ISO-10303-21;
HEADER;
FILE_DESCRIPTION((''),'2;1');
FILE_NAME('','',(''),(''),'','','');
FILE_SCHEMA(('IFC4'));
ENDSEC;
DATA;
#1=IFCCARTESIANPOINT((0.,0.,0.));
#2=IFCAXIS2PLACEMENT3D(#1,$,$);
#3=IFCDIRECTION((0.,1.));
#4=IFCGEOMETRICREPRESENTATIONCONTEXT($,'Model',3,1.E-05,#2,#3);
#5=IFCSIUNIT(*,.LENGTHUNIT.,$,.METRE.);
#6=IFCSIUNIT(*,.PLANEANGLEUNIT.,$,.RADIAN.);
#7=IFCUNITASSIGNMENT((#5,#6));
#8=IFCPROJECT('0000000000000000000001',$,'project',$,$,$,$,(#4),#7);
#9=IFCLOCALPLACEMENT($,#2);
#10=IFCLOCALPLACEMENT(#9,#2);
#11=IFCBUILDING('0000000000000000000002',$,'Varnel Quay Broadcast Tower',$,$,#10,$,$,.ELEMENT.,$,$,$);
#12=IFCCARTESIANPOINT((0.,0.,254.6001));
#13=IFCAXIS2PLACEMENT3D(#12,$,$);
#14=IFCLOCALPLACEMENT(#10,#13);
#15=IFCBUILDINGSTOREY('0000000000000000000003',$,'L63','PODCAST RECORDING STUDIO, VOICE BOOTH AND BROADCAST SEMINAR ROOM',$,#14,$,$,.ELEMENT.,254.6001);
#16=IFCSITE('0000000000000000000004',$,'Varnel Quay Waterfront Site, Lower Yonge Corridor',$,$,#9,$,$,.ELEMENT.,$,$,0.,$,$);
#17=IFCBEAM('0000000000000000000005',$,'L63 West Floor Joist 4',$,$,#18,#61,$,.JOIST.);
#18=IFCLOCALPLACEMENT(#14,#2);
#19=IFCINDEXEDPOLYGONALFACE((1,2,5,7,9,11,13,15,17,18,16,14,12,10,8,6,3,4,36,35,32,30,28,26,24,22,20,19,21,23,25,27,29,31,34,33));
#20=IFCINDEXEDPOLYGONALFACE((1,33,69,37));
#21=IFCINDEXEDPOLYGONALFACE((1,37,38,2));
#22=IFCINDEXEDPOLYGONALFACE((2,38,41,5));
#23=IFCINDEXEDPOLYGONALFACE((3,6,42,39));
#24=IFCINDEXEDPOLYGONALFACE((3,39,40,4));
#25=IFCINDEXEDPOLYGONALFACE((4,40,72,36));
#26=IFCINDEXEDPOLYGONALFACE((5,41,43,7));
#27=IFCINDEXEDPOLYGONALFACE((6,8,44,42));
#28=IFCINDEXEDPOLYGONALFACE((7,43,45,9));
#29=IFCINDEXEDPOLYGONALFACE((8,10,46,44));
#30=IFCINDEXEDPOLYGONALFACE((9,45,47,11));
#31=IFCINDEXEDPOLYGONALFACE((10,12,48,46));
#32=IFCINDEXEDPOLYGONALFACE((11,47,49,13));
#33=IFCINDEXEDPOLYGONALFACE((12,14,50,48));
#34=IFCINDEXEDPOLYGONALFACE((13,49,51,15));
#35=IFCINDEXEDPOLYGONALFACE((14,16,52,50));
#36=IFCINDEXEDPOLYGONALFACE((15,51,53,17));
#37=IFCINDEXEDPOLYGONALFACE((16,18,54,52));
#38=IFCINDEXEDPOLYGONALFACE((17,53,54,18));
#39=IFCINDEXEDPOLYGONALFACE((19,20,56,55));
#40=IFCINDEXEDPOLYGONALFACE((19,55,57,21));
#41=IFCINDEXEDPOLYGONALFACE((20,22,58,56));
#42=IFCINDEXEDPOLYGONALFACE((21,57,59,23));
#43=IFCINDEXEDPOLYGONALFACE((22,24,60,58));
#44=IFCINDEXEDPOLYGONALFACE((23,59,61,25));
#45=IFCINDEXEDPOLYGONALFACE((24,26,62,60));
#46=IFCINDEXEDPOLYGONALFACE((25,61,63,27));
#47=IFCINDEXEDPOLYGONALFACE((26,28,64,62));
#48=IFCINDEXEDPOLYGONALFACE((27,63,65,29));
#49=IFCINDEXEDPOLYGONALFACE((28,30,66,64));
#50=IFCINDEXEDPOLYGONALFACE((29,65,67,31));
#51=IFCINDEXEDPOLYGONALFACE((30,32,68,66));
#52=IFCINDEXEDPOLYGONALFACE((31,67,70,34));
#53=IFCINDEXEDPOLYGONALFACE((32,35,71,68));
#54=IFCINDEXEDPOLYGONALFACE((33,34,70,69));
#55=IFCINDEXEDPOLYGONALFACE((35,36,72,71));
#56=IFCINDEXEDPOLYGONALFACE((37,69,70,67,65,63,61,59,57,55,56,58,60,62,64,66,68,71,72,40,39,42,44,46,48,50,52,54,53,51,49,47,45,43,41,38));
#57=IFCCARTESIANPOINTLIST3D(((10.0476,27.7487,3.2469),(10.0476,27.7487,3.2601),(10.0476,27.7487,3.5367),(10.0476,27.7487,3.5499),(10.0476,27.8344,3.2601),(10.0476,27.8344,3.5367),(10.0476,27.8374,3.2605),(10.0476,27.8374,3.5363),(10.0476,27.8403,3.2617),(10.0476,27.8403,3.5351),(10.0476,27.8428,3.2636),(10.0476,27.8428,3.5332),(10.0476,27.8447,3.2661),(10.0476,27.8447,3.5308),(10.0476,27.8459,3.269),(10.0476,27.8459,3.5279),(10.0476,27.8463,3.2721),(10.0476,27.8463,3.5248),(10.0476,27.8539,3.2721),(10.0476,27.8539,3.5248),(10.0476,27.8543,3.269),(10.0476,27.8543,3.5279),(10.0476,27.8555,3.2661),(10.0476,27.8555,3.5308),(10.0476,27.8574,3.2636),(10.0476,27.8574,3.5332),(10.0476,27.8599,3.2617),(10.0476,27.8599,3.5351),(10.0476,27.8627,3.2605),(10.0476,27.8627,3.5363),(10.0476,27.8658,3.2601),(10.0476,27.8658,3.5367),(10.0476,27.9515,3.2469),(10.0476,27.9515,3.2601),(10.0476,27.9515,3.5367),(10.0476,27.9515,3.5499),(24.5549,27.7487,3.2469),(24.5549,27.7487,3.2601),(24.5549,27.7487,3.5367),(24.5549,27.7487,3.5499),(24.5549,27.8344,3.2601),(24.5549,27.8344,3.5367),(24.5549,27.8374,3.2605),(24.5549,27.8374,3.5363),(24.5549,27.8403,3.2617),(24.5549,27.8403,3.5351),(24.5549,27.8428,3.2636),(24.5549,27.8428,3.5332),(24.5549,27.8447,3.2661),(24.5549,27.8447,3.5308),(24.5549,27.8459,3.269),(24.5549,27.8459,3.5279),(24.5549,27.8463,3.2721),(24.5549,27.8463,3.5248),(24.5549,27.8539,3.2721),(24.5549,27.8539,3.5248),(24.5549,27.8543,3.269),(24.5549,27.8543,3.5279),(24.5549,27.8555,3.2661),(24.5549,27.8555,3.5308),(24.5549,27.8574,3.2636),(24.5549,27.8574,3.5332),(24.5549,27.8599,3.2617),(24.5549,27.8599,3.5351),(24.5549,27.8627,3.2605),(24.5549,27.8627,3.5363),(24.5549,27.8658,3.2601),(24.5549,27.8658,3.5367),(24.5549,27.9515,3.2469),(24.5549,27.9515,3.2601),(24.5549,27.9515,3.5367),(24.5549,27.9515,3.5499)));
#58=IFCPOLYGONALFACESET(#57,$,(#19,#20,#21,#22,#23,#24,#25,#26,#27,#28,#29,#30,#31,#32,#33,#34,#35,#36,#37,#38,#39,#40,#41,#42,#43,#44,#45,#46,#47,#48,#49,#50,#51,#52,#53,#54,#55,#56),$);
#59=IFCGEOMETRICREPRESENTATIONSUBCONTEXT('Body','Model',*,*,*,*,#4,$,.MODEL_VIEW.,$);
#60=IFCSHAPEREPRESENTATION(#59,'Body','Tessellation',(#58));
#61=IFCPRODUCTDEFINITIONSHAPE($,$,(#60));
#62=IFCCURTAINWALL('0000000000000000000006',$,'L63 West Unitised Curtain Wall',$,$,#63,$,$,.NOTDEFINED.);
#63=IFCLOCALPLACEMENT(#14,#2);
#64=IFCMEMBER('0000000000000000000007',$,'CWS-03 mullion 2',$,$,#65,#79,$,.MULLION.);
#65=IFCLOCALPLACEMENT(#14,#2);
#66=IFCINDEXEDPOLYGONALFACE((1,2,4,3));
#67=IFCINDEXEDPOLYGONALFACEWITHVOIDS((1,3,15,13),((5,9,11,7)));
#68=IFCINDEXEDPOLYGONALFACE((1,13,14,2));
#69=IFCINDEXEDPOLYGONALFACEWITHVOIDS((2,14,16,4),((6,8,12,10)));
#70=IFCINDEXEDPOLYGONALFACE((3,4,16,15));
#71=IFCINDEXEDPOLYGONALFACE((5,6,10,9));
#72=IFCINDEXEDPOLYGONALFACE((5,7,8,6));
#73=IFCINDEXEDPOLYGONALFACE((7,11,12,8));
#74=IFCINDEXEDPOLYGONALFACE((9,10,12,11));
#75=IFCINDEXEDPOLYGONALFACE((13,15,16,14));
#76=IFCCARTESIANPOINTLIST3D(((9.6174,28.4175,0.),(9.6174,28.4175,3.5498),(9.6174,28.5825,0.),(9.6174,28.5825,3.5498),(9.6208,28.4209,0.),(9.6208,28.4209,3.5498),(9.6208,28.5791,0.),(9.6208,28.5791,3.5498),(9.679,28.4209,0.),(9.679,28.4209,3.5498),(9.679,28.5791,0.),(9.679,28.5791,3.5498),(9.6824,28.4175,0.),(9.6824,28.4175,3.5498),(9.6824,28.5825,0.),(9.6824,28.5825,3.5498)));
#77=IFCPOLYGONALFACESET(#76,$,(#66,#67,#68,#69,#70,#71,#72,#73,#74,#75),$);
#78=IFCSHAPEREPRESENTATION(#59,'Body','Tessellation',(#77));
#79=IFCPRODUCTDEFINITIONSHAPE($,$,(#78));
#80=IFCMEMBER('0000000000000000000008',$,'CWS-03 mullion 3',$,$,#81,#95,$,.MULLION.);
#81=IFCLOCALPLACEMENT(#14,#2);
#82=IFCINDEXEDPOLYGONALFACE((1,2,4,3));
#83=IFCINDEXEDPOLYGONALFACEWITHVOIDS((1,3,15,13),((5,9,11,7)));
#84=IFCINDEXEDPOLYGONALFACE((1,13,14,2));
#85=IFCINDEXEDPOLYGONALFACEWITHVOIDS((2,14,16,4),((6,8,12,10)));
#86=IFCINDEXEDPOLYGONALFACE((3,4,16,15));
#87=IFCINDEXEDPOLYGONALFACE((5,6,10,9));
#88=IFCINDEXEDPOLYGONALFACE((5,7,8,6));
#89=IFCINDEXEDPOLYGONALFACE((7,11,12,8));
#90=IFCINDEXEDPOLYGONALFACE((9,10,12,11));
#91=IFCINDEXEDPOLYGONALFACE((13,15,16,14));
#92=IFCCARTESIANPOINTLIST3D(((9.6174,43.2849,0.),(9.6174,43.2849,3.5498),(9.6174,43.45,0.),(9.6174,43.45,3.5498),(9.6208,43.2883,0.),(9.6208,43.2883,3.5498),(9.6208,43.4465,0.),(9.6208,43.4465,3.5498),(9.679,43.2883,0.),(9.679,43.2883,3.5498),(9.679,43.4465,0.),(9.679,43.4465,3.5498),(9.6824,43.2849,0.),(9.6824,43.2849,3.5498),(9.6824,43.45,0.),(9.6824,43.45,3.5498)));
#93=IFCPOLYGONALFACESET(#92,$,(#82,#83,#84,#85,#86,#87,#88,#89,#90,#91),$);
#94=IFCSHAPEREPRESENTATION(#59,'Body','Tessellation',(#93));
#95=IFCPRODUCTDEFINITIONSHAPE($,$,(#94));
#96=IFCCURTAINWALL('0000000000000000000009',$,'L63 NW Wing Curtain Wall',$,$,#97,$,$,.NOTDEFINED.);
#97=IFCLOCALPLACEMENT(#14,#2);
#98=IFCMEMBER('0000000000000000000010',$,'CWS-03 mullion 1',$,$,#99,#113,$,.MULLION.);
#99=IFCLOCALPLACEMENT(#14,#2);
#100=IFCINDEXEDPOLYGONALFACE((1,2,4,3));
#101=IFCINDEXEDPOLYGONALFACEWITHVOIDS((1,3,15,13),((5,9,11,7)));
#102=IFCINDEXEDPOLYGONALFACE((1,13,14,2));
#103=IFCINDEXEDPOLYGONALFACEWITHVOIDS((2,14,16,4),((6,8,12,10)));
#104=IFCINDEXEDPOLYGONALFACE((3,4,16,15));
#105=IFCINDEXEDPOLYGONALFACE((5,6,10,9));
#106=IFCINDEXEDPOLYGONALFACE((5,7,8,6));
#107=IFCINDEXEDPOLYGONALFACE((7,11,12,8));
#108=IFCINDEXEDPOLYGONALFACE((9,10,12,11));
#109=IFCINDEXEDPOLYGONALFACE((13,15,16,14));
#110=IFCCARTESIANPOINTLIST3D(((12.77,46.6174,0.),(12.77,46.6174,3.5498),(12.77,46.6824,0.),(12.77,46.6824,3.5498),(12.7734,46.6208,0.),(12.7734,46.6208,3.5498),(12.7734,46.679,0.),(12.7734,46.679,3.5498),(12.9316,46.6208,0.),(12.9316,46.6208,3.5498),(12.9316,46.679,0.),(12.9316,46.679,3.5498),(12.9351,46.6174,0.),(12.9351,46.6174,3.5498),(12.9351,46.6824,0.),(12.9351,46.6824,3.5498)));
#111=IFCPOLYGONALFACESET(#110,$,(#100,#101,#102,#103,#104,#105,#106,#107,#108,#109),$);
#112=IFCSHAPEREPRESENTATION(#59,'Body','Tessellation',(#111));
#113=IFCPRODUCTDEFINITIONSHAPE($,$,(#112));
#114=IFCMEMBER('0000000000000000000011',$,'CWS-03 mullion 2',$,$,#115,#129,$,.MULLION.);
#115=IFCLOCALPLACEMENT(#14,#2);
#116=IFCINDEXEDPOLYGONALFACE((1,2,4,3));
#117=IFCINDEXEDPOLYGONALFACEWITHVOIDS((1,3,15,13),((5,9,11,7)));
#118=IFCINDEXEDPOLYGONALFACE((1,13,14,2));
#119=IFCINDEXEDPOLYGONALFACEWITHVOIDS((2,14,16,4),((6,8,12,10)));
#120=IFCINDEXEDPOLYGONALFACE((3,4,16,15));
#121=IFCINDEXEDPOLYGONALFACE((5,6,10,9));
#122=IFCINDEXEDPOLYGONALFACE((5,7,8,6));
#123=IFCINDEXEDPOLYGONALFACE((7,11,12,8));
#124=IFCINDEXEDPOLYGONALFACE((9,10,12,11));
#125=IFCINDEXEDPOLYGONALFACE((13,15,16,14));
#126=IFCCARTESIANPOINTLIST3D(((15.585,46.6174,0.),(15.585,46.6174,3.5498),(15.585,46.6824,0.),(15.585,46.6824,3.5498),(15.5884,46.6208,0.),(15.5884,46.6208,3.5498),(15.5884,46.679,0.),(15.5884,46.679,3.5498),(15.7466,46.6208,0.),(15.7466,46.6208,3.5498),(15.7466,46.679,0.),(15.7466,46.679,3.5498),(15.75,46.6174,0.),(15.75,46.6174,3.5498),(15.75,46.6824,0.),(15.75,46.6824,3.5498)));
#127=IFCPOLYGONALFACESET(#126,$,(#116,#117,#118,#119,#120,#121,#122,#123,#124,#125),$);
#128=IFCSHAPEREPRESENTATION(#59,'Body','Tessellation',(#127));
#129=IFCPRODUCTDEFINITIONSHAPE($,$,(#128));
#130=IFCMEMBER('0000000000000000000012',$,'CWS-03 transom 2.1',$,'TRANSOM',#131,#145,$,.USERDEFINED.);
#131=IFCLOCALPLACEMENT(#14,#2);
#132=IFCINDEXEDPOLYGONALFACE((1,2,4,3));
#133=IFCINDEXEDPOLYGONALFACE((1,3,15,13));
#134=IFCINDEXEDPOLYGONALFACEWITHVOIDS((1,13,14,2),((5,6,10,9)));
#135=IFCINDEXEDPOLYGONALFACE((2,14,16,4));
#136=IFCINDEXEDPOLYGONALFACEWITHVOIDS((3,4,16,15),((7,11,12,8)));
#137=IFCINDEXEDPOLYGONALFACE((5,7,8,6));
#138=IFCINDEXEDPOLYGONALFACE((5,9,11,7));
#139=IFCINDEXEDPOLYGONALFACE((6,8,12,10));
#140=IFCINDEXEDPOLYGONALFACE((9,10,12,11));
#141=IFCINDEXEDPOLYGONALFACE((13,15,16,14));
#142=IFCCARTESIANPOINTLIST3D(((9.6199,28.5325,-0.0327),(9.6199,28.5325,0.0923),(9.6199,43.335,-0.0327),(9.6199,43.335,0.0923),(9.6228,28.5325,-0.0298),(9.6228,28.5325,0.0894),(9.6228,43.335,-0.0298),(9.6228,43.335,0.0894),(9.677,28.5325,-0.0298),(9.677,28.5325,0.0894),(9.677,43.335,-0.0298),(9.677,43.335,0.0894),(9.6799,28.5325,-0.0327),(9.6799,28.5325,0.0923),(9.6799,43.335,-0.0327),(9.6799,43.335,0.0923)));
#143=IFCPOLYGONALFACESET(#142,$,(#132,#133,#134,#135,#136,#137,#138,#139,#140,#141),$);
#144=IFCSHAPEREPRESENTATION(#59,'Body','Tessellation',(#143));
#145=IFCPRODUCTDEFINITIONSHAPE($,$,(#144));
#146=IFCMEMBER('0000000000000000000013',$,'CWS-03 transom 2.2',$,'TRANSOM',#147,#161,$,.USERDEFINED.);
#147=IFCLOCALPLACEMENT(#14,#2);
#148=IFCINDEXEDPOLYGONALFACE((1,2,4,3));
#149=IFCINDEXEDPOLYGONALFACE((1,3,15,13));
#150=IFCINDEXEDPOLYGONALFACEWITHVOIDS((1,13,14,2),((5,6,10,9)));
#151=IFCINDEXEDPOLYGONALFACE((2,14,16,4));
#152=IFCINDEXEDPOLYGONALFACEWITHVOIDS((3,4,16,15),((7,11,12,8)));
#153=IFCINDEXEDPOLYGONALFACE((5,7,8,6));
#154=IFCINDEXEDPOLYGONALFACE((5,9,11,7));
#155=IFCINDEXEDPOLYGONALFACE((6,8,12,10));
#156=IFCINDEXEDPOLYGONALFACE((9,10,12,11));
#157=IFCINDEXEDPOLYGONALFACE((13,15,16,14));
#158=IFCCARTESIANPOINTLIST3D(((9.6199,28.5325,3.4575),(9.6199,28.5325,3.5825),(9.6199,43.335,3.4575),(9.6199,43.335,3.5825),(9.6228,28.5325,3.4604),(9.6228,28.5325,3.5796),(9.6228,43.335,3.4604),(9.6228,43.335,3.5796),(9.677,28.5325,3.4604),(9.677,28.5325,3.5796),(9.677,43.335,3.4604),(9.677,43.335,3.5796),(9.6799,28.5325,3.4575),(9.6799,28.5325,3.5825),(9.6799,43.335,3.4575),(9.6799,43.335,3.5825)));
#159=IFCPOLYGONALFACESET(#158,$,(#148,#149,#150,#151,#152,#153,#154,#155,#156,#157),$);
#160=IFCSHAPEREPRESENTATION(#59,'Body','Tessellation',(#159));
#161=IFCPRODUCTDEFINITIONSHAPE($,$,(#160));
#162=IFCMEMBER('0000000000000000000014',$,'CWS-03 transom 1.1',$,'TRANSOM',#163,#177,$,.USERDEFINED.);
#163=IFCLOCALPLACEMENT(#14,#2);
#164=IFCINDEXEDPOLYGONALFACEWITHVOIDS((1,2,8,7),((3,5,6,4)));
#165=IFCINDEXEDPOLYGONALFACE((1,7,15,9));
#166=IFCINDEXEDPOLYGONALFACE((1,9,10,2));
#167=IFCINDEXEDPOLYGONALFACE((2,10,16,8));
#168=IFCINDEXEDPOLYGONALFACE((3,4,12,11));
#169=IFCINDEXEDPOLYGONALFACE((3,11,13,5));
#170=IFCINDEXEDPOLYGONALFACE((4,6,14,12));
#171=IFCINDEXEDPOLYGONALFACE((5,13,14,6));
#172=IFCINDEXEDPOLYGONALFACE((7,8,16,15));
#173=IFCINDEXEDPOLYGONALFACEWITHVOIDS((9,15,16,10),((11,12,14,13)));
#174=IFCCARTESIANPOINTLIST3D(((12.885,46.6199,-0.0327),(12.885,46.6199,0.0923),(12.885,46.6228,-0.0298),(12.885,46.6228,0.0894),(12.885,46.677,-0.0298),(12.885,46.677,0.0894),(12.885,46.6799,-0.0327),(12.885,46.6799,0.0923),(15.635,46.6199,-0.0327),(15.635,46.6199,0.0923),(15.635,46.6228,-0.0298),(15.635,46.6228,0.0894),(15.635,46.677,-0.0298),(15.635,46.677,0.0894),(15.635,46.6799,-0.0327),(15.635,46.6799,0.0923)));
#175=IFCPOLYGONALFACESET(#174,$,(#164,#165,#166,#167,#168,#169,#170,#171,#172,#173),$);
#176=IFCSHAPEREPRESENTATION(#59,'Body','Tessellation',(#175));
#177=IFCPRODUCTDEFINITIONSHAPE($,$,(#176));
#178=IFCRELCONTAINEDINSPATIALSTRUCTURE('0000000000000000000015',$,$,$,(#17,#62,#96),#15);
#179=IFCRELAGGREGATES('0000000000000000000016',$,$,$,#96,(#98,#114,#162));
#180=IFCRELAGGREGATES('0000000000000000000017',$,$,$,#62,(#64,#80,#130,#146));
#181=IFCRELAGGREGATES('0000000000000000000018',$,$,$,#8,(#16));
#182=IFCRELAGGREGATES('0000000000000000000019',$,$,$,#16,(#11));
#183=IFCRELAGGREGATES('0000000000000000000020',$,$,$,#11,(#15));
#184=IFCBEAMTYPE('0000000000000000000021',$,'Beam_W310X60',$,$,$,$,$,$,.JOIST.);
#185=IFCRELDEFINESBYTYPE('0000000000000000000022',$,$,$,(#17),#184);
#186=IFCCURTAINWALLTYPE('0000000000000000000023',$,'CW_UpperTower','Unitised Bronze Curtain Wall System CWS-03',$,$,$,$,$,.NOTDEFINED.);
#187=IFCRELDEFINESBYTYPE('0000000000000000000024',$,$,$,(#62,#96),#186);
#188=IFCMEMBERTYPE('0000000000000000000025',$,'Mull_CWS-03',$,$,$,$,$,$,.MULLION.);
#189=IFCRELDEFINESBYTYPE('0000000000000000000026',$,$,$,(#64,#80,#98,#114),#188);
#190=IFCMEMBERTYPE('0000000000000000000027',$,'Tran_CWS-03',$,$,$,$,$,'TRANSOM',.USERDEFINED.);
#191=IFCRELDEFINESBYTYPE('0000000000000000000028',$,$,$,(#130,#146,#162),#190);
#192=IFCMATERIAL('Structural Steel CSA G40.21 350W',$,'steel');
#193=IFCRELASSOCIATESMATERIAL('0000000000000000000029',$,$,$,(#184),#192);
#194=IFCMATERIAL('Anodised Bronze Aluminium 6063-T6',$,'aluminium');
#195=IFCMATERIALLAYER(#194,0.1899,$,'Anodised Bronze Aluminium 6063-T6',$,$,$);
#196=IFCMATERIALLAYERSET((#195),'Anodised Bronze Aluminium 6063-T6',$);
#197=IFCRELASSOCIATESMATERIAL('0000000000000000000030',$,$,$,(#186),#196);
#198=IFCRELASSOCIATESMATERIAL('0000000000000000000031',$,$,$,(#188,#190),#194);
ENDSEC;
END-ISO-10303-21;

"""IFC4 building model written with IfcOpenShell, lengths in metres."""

from ifc_helpers import new_model, si_unit, direction, frame, origin, origin_2d, place, context, subcontext, project, spatial, hollow_rectangle, i_section, extrude, source, transform, mapped, material, layer, layer_set, material_profile, profile_set, type_object, type_shapes, element, aggregate, save


model = new_model("IFC4")

# Units and contexts
model_context = context("Model", 3, precision=1e-05, world=origin(), true_north=direction((0.0, 1.0)))
body_context = subcontext(model_context, "Body", "Model", "MODEL_VIEW")
ifc_project = project(units=[si_unit("LENGTHUNIT", "METRE"), si_unit("PLANEANGLEUNIT", "RADIAN")], contexts=[model_context])

# Site, building, storey
site_placement = place(None, origin())
site = spatial("IfcSite", under=ifc_project, at=site_placement, Name="Varnel Quay Waterfront Site, Lower Yonge Corridor", CompositionType="ELEMENT", RefElevation=0.0)
building_placement = place(site_placement, origin())
building = spatial("IfcBuilding", under=site, at=building_placement, Name="Varnel Quay Broadcast Tower", CompositionType="ELEMENT")
storey_placement = place(building_placement, frame((0.0, 0.0, 254.6001)))
storey = spatial("IfcBuildingStorey", under=building, at=storey_placement, Name="L63", Description="PODCAST RECORDING STUDIO, VOICE BOOTH AND BROADCAST SEMINAR ROOM", CompositionType="ELEMENT", Elevation=254.6001)

# Shared definitions
ifc_material_1 = material(Name="Structural Steel CSA G40.21 350W", Category="steel")

# Beam
ifc_material_profile_1 = material_profile(ifc_material_1, i_section(OverallWidth=0.2029, OverallDepth=0.303, WebThickness=0.0076, FlangeThickness=0.0132, FilletRadius=0.012, at=origin_2d()), Name="W310X60")
ifc_profile_set_1 = profile_set([ifc_material_profile_1], Name="Structural Steel CSA G40.21 350W")
beam_type_1 = type_object("IfcBeamType", Name="Beam_W310X60", PredefinedType="JOIST", material=ifc_profile_set_1)
shared_shape_1 = source(origin(), body_context, "Body", "SweptSolid", [
    extrude(i_section(OverallWidth=0.2029, OverallDepth=0.303, WebThickness=0.0076, FlangeThickness=0.0132, FilletRadius=0.012, at=origin_2d()), origin(), (0.0, 0.0, 1.0), 14.5073),
])
type_shapes(beam_type_1, [shared_shape_1])
beam_1_placement = place(storey_placement, frame((10.0476, 27.8501, 3.3984), z_axis=(1.0, 0.0, 0.0), x_axis=(0.0, 1.0, 0.0)))
element("IfcBeam", 1, at=beam_1_placement, inside=storey, type_object=beam_type_1, Name="L63 West Floor Joist 4", PredefinedType="JOIST", context=body_context, shape_type="MappedRepresentation", body=[
    mapped(shared_shape_1, transform((0.0, 0.0, 0.0), x_axis=(1.0, 0.0, 0.0), y_axis=(0.0, 1.0, 0.0), z_axis=(0.0, 0.0, 1.0), scale=1.0)),
])

# Curtain walls, members
ifc_material_2 = material(Name="Anodised Bronze Aluminium 6063-T6", Category="aluminium")
ifc_layer_1 = layer(ifc_material_2, 0.1899, Name="Anodised Bronze Aluminium 6063-T6")
ifc_layer_set_1 = layer_set([ifc_layer_1], Name="Anodised Bronze Aluminium 6063-T6")
curtain_wall_type = type_object("IfcCurtainWallType", Name="CW_UpperTower", Description="Unitised Bronze Curtain Wall System CWS-03", PredefinedType="NOTDEFINED", material=ifc_layer_set_1)
curtain_wall_1_placement = place(storey_placement, origin())
curtain_wall_1 = element("IfcCurtainWall", 2, at=curtain_wall_1_placement, inside=storey, type_object=curtain_wall_type, Name="L63 West Unitised Curtain Wall", PredefinedType="NOTDEFINED")
ifc_material_profile_2 = material_profile(ifc_material_2, hollow_rectangle(XDim=0.0649, YDim=0.165, WallThickness=0.0034, at=origin_2d()), Name="ALU65X165X3.5")
ifc_profile_set_2 = profile_set([ifc_material_profile_2], Name="Anodised Bronze Aluminium 6063-T6")
member_type_1 = type_object("IfcMemberType", Name="Mull_CWS-03", PredefinedType="MULLION", material=ifc_profile_set_2)
shared_shape_2 = source(origin(), body_context, "Body", "SweptSolid", [
    extrude(hollow_rectangle(XDim=0.0649, YDim=0.165, WallThickness=0.0034, at=origin_2d()), origin(), (0.0, 0.0, 1.0), 3.5498),
])
type_shapes(member_type_1, [shared_shape_2])
member_1_placement = place(storey_placement, frame((9.6499, 28.5, 0.0), z_axis=(0.0, 0.0, 1.0), x_axis=(-1.0, 0.0, 0.0)))
member_1 = element("IfcMember", 3, at=member_1_placement, type_object=member_type_1, Name="CWS-03 mullion 2", PredefinedType="MULLION", context=body_context, shape_type="MappedRepresentation", body=[
    mapped(shared_shape_2, transform((0.0, 0.0, 0.0), x_axis=(1.0, 0.0, 0.0), y_axis=(0.0, 1.0, 0.0), z_axis=(0.0, 0.0, 1.0), scale=1.0)),
])
member_2_placement = place(storey_placement, frame((9.6499, 43.3674, 0.0), z_axis=(0.0, 0.0, 1.0), x_axis=(-1.0, 0.0, 0.0)))
member_2 = element("IfcMember", 4, at=member_2_placement, type_object=member_type_1, Name="CWS-03 mullion 3", PredefinedType="MULLION", context=body_context, shape_type="MappedRepresentation", body=[
    mapped(shared_shape_2, transform((0.0, 0.0, 0.0), x_axis=(1.0, 0.0, 0.0), y_axis=(0.0, 1.0, 0.0), z_axis=(0.0, 0.0, 1.0), scale=1.0)),
])
curtain_wall_2_placement = place(storey_placement, origin())
curtain_wall_2 = element("IfcCurtainWall", 5, at=curtain_wall_2_placement, inside=storey, type_object=curtain_wall_type, Name="L63 NW Wing Curtain Wall", PredefinedType="NOTDEFINED")
member_3_placement = place(storey_placement, frame((12.8525, 46.6499, 0.0), z_axis=(0.0, 0.0, 1.0), x_axis=(0.0, 1.0, 0.0)))
member_3 = element("IfcMember", 6, at=member_3_placement, type_object=member_type_1, Name="CWS-03 mullion 1", PredefinedType="MULLION", context=body_context, shape_type="MappedRepresentation", body=[
    mapped(shared_shape_2, transform((0.0, 0.0, 0.0), x_axis=(1.0, 0.0, 0.0), y_axis=(0.0, 1.0, 0.0), z_axis=(0.0, 0.0, 1.0), scale=1.0)),
])
member_4_placement = place(storey_placement, frame((15.6675, 46.6499, 0.0), z_axis=(0.0, 0.0, 1.0), x_axis=(0.0, 1.0, 0.0)))
member_4 = element("IfcMember", 7, at=member_4_placement, type_object=member_type_1, Name="CWS-03 mullion 2", PredefinedType="MULLION", context=body_context, shape_type="MappedRepresentation", body=[
    mapped(shared_shape_2, transform((0.0, 0.0, 0.0), x_axis=(1.0, 0.0, 0.0), y_axis=(0.0, 1.0, 0.0), z_axis=(0.0, 0.0, 1.0), scale=1.0)),
])

# Members
ifc_material_profile_3 = material_profile(ifc_material_2, hollow_rectangle(XDim=0.0601, YDim=0.125, WallThickness=0.0029, at=origin_2d()), Name="ALU60X125X3")
ifc_profile_set_3 = profile_set([ifc_material_profile_3], Name="Anodised Bronze Aluminium 6063-T6")
member_type_2 = type_object("IfcMemberType", Name="Tran_CWS-03", ElementType="TRANSOM", PredefinedType="USERDEFINED", material=ifc_profile_set_3)
shared_shape_3 = source(origin(), body_context, "Body", "SweptSolid", [
    extrude(hollow_rectangle(XDim=0.0601, YDim=0.125, WallThickness=0.0029, at=origin_2d()), origin(), (0.0, 0.0, 1.0), 14.8025),
])
member_5_placement = place(storey_placement, frame((9.6499, 28.5325, 0.0298), z_axis=(0.0, 1.0, 0.0), x_axis=(-1.0, 0.0, 0.0)))
member_5 = element("IfcMember", 8, at=member_5_placement, type_object=member_type_2, Name="CWS-03 transom 2.1", ObjectType="TRANSOM", PredefinedType="USERDEFINED", context=body_context, shape_type="MappedRepresentation", body=[
    mapped(shared_shape_3, transform((0.0, 0.0, 0.0), x_axis=(1.0, 0.0, 0.0), y_axis=(0.0, 1.0, 0.0), z_axis=(0.0, 0.0, 1.0), scale=1.0)),
])
member_6_placement = place(storey_placement, frame((9.6499, 28.5325, 3.52), z_axis=(0.0, 1.0, 0.0), x_axis=(-1.0, 0.0, 0.0)))
member_6 = element("IfcMember", 9, at=member_6_placement, type_object=member_type_2, Name="CWS-03 transom 2.2", ObjectType="TRANSOM", PredefinedType="USERDEFINED", context=body_context, shape_type="MappedRepresentation", body=[
    mapped(shared_shape_3, transform((0.0, 0.0, 0.0), x_axis=(1.0, 0.0, 0.0), y_axis=(0.0, 1.0, 0.0), z_axis=(0.0, 0.0, 1.0), scale=1.0)),
])
shared_shape_4 = source(origin(), body_context, "Body", "SweptSolid", [
    extrude(hollow_rectangle(XDim=0.0601, YDim=0.125, WallThickness=0.0029, at=origin_2d()), origin(), (0.0, 0.0, 1.0), 2.75),
])
type_shapes(member_type_2, [shared_shape_3, shared_shape_4])
member_7_placement = place(storey_placement, frame((12.885, 46.6499, 0.0298), z_axis=(1.0, 0.0, 0.0), x_axis=(0.0, 1.0, 0.0)))
member_7 = element("IfcMember", 10, at=member_7_placement, type_object=member_type_2, Name="CWS-03 transom 1.1", ObjectType="TRANSOM", PredefinedType="USERDEFINED", context=body_context, shape_type="MappedRepresentation", body=[
    mapped(shared_shape_4, transform((0.0, 0.0, 0.0), x_axis=(1.0, 0.0, 0.0), y_axis=(0.0, 1.0, 0.0), z_axis=(0.0, 0.0, 1.0), scale=1.0)),
])

aggregate(curtain_wall_2, [member_3, member_4, member_7])
aggregate(curtain_wall_1, [member_1, member_2, member_5, member_6])

save(model, "model.ifc")
